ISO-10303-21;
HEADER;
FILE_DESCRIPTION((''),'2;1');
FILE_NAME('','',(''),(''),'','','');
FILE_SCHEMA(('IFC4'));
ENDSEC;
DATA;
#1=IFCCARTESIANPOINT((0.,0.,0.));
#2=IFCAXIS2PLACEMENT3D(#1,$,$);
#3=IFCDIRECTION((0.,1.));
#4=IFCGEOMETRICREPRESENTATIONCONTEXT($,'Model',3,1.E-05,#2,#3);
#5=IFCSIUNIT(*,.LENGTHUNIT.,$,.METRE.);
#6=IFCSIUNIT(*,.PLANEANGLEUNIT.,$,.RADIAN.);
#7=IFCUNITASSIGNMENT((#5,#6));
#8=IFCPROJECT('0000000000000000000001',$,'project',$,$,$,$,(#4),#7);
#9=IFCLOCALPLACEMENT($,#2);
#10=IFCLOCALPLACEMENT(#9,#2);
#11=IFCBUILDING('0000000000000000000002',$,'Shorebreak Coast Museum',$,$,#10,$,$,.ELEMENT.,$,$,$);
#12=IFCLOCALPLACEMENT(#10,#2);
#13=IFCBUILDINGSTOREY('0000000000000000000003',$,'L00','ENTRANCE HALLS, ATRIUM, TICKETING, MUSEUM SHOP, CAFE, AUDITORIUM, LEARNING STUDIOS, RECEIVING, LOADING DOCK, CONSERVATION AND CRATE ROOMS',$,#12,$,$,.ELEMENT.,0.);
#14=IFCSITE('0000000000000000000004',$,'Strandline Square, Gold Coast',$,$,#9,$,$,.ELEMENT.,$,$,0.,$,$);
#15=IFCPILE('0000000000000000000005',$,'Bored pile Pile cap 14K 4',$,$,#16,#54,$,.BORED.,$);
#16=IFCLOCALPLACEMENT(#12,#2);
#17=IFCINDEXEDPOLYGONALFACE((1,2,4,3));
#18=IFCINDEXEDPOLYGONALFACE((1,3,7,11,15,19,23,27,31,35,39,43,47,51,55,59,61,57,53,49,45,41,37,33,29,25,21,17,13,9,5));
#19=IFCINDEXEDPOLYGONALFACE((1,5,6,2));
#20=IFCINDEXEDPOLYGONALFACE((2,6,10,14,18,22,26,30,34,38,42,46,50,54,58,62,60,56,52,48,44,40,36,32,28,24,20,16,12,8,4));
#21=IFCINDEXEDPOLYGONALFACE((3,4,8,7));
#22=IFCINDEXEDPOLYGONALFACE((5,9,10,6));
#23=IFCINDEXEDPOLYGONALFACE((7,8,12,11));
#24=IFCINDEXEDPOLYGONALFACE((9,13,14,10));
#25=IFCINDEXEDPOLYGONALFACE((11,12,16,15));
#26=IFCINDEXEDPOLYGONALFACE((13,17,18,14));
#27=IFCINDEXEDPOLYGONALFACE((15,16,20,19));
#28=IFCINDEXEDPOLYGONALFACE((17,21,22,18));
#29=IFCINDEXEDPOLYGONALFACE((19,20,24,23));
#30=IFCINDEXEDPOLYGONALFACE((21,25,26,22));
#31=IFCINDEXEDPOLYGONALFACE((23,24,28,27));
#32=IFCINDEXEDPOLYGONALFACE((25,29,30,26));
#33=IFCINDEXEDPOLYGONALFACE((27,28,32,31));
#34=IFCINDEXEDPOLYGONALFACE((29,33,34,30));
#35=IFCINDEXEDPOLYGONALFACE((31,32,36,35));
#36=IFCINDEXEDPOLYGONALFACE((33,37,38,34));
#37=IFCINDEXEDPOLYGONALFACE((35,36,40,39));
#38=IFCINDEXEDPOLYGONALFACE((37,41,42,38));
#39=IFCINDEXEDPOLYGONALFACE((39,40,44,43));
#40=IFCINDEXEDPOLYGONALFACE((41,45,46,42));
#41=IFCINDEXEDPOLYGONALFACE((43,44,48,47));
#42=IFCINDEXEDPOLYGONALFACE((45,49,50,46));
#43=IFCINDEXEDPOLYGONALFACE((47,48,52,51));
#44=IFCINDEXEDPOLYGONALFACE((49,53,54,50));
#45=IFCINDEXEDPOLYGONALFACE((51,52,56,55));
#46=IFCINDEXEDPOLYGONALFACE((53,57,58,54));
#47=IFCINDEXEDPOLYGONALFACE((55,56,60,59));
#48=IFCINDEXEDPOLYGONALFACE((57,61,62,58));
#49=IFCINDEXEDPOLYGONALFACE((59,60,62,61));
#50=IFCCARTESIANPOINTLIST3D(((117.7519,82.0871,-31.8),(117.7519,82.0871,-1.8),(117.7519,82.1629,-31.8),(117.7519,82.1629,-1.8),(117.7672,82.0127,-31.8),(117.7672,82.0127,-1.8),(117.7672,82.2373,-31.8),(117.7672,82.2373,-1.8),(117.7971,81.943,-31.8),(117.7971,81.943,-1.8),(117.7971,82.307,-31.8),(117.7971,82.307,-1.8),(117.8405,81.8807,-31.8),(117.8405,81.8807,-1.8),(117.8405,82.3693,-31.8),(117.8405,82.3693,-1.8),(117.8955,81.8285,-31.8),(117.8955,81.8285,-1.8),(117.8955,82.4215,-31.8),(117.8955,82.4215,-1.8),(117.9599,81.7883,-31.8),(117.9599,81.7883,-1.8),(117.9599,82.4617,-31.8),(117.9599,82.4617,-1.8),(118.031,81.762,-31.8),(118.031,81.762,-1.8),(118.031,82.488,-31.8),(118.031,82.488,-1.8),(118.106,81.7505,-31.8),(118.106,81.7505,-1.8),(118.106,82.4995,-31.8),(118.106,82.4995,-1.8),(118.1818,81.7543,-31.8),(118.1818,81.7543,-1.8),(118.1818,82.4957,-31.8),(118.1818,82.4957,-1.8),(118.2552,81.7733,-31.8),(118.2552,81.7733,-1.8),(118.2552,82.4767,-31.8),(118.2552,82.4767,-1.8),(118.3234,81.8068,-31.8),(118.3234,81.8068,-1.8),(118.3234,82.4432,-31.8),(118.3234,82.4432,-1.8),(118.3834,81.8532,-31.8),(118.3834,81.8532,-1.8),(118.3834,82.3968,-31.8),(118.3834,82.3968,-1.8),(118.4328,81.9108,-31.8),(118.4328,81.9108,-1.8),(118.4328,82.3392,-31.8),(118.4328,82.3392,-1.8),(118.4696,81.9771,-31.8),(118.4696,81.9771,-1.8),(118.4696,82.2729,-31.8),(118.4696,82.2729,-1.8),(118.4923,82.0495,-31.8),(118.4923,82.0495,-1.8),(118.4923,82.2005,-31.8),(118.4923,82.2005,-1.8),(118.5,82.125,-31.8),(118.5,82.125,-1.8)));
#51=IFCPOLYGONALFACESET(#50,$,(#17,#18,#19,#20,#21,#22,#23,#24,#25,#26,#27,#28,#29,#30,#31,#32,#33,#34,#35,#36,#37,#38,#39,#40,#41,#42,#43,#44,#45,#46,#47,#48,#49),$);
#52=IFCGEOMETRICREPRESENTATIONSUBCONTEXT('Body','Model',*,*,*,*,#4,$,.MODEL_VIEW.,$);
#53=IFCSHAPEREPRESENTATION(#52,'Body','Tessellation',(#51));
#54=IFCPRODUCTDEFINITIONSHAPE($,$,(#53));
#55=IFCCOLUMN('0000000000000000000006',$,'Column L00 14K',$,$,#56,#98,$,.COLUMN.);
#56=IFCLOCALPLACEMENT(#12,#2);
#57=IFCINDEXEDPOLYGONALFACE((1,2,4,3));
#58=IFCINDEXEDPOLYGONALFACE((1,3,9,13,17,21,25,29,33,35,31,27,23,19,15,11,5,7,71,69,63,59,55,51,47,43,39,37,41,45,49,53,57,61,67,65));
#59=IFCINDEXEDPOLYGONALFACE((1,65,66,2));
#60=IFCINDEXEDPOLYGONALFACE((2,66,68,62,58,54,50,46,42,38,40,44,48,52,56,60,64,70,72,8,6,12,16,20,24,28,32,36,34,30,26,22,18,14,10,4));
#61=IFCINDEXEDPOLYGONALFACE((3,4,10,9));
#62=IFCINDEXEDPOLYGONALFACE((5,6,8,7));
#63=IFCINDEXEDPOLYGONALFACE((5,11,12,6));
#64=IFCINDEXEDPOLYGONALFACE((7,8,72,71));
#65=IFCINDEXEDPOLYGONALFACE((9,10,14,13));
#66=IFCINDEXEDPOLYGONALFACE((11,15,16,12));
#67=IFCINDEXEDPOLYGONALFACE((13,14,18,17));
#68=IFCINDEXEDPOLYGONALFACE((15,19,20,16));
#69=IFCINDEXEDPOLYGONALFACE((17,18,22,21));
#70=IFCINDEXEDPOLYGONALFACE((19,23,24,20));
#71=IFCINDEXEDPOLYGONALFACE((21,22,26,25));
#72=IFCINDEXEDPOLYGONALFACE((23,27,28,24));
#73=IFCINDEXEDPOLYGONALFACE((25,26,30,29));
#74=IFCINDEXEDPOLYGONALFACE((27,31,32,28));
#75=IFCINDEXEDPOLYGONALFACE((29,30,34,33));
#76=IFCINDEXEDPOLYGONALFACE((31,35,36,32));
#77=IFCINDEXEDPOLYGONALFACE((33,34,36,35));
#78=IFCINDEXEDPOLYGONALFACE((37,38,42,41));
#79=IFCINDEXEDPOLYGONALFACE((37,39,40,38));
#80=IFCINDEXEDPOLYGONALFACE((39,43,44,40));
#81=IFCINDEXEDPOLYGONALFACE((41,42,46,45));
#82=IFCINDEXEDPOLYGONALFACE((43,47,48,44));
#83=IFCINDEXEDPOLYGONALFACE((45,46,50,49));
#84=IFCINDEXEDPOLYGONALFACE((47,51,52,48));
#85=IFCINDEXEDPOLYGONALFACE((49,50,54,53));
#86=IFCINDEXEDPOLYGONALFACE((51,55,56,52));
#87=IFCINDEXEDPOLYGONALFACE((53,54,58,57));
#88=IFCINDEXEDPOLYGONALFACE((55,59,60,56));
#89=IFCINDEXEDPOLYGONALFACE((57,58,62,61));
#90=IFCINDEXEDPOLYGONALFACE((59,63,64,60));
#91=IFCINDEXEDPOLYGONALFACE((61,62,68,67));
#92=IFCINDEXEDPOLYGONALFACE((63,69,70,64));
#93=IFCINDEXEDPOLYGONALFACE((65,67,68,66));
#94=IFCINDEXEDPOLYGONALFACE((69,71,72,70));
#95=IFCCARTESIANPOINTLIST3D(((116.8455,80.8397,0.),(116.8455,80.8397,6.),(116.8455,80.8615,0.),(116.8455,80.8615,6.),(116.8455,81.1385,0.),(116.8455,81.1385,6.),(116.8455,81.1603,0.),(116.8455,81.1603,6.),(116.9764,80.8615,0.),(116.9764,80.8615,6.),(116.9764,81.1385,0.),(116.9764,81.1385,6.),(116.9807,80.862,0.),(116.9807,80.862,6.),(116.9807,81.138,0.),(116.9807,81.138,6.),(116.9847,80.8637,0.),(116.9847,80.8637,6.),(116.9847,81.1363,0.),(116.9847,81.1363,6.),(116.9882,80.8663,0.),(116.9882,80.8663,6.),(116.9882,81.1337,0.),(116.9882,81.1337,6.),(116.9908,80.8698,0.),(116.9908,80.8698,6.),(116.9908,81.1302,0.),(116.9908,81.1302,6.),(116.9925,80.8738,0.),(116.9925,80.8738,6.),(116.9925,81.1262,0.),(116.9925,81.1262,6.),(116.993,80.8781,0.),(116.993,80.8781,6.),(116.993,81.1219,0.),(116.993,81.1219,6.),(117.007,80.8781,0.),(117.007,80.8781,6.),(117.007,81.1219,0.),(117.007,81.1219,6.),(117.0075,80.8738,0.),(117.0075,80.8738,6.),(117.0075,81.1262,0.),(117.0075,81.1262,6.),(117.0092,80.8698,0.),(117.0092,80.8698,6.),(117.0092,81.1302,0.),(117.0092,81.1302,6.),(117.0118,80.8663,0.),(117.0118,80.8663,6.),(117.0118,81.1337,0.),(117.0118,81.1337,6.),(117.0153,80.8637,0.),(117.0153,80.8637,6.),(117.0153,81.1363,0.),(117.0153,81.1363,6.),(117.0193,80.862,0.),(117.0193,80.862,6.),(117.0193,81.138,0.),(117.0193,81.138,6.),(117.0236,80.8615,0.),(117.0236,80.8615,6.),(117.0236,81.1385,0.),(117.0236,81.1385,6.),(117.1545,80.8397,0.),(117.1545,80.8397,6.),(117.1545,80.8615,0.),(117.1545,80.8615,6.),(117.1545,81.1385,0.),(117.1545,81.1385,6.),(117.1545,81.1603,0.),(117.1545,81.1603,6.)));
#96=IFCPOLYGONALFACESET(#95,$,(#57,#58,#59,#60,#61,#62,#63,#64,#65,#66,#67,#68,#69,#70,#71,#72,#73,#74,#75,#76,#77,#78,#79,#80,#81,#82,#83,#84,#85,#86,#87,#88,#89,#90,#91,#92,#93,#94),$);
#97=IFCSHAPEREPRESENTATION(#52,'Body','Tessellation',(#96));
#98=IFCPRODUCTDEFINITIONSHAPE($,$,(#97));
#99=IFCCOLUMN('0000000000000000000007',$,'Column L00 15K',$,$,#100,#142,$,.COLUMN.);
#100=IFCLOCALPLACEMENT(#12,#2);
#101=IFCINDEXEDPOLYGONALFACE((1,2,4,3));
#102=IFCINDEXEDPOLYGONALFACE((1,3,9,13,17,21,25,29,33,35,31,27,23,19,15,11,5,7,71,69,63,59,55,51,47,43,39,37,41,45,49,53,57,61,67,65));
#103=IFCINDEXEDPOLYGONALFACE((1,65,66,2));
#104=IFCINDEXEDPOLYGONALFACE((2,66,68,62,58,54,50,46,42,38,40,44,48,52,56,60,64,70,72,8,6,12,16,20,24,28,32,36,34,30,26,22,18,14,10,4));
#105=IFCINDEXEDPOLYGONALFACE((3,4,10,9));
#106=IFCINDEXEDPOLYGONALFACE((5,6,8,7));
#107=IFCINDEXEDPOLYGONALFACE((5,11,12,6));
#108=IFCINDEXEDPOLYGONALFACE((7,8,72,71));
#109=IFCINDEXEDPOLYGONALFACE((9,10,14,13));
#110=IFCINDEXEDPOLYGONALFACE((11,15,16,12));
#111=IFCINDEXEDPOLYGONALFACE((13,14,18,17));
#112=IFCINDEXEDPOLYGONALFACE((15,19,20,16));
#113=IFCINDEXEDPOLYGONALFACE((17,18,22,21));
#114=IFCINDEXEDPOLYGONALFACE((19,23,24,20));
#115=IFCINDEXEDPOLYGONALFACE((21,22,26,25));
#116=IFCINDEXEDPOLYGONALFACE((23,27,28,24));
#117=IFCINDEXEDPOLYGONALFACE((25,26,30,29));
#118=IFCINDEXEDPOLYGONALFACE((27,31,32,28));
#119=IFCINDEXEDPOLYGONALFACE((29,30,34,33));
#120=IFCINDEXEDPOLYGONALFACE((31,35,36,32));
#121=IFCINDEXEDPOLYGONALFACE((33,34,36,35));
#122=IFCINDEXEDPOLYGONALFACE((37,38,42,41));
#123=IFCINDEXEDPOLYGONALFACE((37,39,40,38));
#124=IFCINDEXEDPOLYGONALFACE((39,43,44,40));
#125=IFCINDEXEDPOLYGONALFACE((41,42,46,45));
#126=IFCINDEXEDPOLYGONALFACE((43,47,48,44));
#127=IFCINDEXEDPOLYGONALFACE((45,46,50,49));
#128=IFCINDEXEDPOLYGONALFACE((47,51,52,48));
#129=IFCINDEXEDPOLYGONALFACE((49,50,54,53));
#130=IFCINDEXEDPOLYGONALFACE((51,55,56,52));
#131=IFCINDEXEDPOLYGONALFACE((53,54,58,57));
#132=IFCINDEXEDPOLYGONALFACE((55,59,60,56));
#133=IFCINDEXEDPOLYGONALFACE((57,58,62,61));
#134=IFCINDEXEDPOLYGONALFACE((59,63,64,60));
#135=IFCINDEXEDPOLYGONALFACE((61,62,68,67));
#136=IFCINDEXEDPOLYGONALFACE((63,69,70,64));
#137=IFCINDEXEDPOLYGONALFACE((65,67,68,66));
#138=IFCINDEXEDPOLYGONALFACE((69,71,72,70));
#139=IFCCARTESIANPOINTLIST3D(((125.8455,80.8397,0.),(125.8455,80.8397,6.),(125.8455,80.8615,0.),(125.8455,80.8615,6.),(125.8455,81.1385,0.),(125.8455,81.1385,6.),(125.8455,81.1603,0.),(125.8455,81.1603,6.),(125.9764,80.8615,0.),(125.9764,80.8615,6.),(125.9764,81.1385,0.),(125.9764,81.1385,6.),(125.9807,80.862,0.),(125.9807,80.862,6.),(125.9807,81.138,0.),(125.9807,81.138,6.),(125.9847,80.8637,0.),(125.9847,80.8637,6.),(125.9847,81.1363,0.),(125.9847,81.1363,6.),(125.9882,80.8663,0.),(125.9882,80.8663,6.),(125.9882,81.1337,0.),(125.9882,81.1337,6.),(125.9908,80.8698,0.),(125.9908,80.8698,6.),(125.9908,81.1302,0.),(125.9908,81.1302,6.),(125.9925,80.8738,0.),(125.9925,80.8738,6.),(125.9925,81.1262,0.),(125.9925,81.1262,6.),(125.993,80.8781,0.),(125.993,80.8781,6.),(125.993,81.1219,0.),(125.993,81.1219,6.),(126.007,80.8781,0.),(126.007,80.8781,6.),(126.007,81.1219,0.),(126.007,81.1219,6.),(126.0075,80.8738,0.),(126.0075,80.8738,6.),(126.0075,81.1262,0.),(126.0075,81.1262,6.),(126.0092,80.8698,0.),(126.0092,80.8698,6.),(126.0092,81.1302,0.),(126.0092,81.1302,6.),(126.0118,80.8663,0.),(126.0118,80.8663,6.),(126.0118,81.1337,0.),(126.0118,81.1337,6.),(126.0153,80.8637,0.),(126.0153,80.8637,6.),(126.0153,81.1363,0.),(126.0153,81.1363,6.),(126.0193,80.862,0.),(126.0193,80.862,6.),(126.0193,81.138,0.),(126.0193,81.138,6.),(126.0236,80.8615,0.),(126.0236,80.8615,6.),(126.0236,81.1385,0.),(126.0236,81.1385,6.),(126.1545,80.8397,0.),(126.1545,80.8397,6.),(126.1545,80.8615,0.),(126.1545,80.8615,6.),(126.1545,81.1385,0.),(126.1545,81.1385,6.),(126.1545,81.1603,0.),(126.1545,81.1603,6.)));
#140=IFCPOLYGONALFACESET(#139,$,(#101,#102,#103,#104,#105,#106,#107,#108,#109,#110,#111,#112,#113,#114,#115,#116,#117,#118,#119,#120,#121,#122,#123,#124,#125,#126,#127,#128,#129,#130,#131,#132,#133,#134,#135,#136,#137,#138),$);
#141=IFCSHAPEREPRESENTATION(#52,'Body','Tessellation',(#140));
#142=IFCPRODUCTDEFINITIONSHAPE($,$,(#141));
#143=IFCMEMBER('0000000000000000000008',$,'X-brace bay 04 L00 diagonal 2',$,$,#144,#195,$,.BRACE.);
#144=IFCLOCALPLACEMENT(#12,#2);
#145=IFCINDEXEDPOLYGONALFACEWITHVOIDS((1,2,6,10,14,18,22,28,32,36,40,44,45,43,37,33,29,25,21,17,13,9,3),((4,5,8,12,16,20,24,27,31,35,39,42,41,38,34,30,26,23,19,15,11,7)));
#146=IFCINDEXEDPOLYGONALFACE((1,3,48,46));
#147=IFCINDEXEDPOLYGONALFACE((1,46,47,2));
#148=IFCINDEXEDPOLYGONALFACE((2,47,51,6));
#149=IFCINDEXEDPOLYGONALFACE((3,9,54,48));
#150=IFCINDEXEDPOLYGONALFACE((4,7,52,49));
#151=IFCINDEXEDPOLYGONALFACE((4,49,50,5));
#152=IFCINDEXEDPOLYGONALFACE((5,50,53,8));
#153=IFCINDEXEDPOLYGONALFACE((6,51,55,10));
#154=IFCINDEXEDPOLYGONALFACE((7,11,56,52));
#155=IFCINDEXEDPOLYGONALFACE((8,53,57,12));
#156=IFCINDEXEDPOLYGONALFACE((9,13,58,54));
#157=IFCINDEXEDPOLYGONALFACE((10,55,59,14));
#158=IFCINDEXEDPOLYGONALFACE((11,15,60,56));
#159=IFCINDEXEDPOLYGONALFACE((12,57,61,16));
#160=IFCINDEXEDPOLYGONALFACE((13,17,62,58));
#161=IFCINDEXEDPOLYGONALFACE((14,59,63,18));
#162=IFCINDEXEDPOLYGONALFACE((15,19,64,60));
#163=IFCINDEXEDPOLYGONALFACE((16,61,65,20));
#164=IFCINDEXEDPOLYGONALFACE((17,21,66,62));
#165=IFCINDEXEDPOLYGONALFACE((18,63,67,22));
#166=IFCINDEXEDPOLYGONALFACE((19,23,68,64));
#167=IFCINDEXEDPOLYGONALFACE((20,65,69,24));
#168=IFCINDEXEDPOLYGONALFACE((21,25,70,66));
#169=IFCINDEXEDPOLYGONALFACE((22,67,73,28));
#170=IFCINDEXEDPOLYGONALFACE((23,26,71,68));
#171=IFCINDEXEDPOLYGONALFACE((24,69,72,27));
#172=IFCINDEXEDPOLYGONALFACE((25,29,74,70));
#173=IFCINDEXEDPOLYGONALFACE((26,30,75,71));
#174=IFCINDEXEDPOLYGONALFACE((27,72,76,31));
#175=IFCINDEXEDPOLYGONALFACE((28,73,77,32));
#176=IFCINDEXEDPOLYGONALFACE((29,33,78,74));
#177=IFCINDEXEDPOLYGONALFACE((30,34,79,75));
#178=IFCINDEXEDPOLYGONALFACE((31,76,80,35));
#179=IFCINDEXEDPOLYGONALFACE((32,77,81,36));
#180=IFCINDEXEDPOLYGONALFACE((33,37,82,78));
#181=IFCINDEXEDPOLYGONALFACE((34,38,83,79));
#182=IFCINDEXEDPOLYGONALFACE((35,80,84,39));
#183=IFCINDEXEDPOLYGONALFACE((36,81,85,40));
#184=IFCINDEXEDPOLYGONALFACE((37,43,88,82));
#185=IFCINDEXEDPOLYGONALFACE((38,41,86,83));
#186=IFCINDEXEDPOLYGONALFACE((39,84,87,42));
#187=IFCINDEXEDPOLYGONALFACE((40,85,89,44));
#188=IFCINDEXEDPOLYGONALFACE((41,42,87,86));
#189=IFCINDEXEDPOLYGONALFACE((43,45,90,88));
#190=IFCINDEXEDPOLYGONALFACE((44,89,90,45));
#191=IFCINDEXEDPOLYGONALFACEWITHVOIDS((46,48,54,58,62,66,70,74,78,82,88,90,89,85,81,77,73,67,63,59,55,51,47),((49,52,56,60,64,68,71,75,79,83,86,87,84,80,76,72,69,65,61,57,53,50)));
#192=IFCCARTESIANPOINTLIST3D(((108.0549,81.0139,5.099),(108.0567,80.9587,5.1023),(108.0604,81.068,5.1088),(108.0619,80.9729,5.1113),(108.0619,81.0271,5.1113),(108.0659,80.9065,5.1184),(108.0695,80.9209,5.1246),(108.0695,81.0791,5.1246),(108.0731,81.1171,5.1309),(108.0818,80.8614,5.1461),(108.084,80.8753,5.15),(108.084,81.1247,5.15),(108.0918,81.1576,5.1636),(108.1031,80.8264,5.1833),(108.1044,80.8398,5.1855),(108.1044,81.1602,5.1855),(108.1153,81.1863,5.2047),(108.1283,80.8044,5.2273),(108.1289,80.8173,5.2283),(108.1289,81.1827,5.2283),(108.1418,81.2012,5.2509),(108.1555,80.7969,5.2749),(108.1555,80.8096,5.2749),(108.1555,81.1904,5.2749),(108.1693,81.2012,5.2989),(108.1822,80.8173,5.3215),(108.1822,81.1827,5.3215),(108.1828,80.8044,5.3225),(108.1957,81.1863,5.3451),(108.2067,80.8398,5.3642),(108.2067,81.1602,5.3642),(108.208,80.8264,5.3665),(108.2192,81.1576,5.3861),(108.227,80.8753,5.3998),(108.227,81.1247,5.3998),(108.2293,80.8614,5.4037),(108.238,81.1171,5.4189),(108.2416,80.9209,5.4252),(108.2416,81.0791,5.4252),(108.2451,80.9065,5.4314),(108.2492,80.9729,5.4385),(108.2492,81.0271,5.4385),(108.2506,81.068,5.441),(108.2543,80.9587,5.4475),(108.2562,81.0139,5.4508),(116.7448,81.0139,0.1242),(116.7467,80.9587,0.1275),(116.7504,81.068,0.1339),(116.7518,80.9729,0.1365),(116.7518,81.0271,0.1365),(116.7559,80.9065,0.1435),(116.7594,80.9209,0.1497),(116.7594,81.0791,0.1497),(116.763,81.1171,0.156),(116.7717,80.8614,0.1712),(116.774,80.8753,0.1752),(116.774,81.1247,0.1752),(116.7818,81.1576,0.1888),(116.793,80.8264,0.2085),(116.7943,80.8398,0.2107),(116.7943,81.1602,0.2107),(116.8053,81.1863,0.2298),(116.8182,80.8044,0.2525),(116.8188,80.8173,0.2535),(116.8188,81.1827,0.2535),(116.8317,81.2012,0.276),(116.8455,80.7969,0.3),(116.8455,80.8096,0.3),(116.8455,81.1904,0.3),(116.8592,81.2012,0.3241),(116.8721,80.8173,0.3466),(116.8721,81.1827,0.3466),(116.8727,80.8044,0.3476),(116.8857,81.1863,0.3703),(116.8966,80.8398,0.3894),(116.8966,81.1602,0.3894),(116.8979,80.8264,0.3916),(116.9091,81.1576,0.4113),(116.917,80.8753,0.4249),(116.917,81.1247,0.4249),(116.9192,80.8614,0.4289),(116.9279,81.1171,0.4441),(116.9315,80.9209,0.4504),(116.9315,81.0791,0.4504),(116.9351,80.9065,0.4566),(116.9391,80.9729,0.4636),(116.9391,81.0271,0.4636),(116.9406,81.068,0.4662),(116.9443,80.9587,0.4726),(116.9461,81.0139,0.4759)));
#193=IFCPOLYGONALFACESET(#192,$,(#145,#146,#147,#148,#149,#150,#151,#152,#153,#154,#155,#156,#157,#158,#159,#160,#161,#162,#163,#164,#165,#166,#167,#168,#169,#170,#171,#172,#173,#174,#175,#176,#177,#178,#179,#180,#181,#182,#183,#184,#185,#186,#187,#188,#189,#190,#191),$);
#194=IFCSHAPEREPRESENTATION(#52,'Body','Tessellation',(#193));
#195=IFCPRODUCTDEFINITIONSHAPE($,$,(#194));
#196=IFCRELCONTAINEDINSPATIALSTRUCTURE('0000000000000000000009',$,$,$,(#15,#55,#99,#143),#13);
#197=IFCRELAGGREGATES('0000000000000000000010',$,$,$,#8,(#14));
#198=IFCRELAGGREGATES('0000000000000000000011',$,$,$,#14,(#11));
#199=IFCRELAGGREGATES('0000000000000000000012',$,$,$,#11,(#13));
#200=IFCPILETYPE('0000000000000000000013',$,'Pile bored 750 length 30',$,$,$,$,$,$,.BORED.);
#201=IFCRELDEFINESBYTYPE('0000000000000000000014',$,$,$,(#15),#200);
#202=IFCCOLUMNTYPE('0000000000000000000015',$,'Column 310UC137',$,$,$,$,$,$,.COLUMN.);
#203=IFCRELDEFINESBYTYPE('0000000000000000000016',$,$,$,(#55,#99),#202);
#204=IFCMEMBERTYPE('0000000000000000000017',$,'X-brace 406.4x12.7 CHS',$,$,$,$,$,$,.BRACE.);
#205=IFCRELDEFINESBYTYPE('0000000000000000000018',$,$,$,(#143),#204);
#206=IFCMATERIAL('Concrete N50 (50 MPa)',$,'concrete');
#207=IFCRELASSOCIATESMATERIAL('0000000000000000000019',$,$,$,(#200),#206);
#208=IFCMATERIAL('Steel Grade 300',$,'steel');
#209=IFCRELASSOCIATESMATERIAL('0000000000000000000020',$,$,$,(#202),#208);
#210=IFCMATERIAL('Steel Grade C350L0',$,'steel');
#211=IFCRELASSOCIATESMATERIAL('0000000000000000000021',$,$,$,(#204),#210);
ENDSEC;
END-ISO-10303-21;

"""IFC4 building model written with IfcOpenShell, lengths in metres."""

from ifc_helpers import new_model, si_unit, direction, frame, origin, origin_2d, place, context, subcontext, project, spatial, circle, hollow_circle, i_section, extrude, material, material_profile, profile_set, type_object, element, save


model = new_model("IFC4")

# Units and contexts
model_context = context("Model", 3, precision=1e-05, world=origin(), true_north=direction((0.0, 1.0)))
body_context = subcontext(model_context, "Body", "Model", "MODEL_VIEW")
ifc_project = project(units=[si_unit("LENGTHUNIT", "METRE"), si_unit("PLANEANGLEUNIT", "RADIAN")], contexts=[model_context])

# Site, building, storey
site_placement = place(None, origin())
site = spatial("IfcSite", under=ifc_project, at=site_placement, Name="Strandline Square, Gold Coast", CompositionType="ELEMENT", RefElevation=0.0)
building_placement = place(site_placement, origin())
building = spatial("IfcBuilding", under=site, at=building_placement, Name="Shorebreak Coast Museum", CompositionType="ELEMENT")
storey_placement = place(building_placement, origin())
storey = spatial("IfcBuildingStorey", under=building, at=storey_placement, Name="L00", Description="ENTRANCE HALLS, ATRIUM, TICKETING, MUSEUM SHOP, CAFE, AUDITORIUM, LEARNING STUDIOS, RECEIVING, LOADING DOCK, CONSERVATION AND CRATE ROOMS", CompositionType="ELEMENT", Elevation=0.0)

# Pile
ifc_material_1 = material(Name="Concrete N50 (50 MPa)", Category="concrete")
ifc_material_profile_1 = material_profile(ifc_material_1, circle(Radius=0.375, at=origin_2d()), Name="Pile bored 750 length 30")
ifc_profile_set_1 = profile_set([ifc_material_profile_1], Name="Concrete N50 (50 MPa)")
pile_type_1 = type_object("IfcPileType", Name="Pile bored 750 length 30", PredefinedType="BORED", material=ifc_profile_set_1)
for number, where, z_axis, x_axis, name in (
    (1, (118.125, 82.125, -1.8), (0.0, 0.0, -1.0), (1.0, 0.0, 0.0), "Bored pile Pile cap 14K 4"),
):
    element("IfcPile", number, at=place(storey_placement, frame(where, z_axis=z_axis, x_axis=x_axis)), inside=storey, type_object=pile_type_1, Name=name, PredefinedType="BORED", context=body_context, shape_type="SweptSolid", body=[
        extrude(circle(Radius=0.375, at=origin_2d()), origin(), (0.0, 0.0, 1.0), 30.0),
    ])

# Columns
ifc_material_2 = material(Name="Steel Grade 300", Category="steel")
ifc_material_profile_2 = material_profile(ifc_material_2, i_section(OverallWidth=0.3091, OverallDepth=0.3206, WebThickness=0.0139, FlangeThickness=0.0217, FilletRadius=0.0166, at=origin_2d()), Name="310UC137")
ifc_profile_set_2 = profile_set([ifc_material_profile_2], Name="Steel Grade 300")
column_type = type_object("IfcColumnType", Name="Column 310UC137", PredefinedType="COLUMN", material=ifc_profile_set_2)
for number, where, z_axis, x_axis, name in (
    (2, (117.0, 81.0, 0.0), (0.0, 0.0, 1.0), (1.0, 0.0, 0.0), "Column L00 14K"),
    (3, (126.0, 81.0, 0.0), (0.0, 0.0, 1.0), (1.0, 0.0, 0.0), "Column L00 15K"),
):
    element("IfcColumn", number, at=place(storey_placement, frame(where, z_axis=z_axis, x_axis=x_axis)), inside=storey, type_object=column_type, Name=name, PredefinedType="COLUMN", context=body_context, shape_type="SweptSolid", body=[
        extrude(i_section(OverallWidth=0.3091, OverallDepth=0.3206, WebThickness=0.0139, FlangeThickness=0.0217, FilletRadius=0.0166, at=origin_2d()), origin(), (0.0, 0.0, 1.0), 6.0),
    ])

# Member
ifc_material_3 = material(Name="Steel Grade C350L0", Category="steel")
ifc_material_profile_3 = material_profile(ifc_material_3, hollow_circle(Radius=0.2031, WallThickness=0.0127, at=origin_2d()), Name="406.4x12.7 CHS")
ifc_profile_set_3 = profile_set([ifc_material_profile_3], Name="Steel Grade C350L0")
member_type = type_object("IfcMemberType", Name="X-brace 406.4x12.7 CHS", PredefinedType="BRACE", material=ifc_profile_set_3)
member_placement = place(storey_placement, frame((116.8455, 81.0, 0.3), z_axis=(-0.867848, 0.0, 0.496829), x_axis=(0.0, -1.0, 0.0)))
element("IfcMember", 4, at=member_placement, inside=storey, type_object=member_type, Name="X-brace bay 04 L00 diagonal 2", PredefinedType="BRACE", context=body_context, shape_type="SweptSolid", body=[
    extrude(hollow_circle(Radius=0.2031, WallThickness=0.0127, at=origin_2d()), origin(), (0.0, 0.0, 1.0), 10.0132),
])

save(model, "model.ifc")
